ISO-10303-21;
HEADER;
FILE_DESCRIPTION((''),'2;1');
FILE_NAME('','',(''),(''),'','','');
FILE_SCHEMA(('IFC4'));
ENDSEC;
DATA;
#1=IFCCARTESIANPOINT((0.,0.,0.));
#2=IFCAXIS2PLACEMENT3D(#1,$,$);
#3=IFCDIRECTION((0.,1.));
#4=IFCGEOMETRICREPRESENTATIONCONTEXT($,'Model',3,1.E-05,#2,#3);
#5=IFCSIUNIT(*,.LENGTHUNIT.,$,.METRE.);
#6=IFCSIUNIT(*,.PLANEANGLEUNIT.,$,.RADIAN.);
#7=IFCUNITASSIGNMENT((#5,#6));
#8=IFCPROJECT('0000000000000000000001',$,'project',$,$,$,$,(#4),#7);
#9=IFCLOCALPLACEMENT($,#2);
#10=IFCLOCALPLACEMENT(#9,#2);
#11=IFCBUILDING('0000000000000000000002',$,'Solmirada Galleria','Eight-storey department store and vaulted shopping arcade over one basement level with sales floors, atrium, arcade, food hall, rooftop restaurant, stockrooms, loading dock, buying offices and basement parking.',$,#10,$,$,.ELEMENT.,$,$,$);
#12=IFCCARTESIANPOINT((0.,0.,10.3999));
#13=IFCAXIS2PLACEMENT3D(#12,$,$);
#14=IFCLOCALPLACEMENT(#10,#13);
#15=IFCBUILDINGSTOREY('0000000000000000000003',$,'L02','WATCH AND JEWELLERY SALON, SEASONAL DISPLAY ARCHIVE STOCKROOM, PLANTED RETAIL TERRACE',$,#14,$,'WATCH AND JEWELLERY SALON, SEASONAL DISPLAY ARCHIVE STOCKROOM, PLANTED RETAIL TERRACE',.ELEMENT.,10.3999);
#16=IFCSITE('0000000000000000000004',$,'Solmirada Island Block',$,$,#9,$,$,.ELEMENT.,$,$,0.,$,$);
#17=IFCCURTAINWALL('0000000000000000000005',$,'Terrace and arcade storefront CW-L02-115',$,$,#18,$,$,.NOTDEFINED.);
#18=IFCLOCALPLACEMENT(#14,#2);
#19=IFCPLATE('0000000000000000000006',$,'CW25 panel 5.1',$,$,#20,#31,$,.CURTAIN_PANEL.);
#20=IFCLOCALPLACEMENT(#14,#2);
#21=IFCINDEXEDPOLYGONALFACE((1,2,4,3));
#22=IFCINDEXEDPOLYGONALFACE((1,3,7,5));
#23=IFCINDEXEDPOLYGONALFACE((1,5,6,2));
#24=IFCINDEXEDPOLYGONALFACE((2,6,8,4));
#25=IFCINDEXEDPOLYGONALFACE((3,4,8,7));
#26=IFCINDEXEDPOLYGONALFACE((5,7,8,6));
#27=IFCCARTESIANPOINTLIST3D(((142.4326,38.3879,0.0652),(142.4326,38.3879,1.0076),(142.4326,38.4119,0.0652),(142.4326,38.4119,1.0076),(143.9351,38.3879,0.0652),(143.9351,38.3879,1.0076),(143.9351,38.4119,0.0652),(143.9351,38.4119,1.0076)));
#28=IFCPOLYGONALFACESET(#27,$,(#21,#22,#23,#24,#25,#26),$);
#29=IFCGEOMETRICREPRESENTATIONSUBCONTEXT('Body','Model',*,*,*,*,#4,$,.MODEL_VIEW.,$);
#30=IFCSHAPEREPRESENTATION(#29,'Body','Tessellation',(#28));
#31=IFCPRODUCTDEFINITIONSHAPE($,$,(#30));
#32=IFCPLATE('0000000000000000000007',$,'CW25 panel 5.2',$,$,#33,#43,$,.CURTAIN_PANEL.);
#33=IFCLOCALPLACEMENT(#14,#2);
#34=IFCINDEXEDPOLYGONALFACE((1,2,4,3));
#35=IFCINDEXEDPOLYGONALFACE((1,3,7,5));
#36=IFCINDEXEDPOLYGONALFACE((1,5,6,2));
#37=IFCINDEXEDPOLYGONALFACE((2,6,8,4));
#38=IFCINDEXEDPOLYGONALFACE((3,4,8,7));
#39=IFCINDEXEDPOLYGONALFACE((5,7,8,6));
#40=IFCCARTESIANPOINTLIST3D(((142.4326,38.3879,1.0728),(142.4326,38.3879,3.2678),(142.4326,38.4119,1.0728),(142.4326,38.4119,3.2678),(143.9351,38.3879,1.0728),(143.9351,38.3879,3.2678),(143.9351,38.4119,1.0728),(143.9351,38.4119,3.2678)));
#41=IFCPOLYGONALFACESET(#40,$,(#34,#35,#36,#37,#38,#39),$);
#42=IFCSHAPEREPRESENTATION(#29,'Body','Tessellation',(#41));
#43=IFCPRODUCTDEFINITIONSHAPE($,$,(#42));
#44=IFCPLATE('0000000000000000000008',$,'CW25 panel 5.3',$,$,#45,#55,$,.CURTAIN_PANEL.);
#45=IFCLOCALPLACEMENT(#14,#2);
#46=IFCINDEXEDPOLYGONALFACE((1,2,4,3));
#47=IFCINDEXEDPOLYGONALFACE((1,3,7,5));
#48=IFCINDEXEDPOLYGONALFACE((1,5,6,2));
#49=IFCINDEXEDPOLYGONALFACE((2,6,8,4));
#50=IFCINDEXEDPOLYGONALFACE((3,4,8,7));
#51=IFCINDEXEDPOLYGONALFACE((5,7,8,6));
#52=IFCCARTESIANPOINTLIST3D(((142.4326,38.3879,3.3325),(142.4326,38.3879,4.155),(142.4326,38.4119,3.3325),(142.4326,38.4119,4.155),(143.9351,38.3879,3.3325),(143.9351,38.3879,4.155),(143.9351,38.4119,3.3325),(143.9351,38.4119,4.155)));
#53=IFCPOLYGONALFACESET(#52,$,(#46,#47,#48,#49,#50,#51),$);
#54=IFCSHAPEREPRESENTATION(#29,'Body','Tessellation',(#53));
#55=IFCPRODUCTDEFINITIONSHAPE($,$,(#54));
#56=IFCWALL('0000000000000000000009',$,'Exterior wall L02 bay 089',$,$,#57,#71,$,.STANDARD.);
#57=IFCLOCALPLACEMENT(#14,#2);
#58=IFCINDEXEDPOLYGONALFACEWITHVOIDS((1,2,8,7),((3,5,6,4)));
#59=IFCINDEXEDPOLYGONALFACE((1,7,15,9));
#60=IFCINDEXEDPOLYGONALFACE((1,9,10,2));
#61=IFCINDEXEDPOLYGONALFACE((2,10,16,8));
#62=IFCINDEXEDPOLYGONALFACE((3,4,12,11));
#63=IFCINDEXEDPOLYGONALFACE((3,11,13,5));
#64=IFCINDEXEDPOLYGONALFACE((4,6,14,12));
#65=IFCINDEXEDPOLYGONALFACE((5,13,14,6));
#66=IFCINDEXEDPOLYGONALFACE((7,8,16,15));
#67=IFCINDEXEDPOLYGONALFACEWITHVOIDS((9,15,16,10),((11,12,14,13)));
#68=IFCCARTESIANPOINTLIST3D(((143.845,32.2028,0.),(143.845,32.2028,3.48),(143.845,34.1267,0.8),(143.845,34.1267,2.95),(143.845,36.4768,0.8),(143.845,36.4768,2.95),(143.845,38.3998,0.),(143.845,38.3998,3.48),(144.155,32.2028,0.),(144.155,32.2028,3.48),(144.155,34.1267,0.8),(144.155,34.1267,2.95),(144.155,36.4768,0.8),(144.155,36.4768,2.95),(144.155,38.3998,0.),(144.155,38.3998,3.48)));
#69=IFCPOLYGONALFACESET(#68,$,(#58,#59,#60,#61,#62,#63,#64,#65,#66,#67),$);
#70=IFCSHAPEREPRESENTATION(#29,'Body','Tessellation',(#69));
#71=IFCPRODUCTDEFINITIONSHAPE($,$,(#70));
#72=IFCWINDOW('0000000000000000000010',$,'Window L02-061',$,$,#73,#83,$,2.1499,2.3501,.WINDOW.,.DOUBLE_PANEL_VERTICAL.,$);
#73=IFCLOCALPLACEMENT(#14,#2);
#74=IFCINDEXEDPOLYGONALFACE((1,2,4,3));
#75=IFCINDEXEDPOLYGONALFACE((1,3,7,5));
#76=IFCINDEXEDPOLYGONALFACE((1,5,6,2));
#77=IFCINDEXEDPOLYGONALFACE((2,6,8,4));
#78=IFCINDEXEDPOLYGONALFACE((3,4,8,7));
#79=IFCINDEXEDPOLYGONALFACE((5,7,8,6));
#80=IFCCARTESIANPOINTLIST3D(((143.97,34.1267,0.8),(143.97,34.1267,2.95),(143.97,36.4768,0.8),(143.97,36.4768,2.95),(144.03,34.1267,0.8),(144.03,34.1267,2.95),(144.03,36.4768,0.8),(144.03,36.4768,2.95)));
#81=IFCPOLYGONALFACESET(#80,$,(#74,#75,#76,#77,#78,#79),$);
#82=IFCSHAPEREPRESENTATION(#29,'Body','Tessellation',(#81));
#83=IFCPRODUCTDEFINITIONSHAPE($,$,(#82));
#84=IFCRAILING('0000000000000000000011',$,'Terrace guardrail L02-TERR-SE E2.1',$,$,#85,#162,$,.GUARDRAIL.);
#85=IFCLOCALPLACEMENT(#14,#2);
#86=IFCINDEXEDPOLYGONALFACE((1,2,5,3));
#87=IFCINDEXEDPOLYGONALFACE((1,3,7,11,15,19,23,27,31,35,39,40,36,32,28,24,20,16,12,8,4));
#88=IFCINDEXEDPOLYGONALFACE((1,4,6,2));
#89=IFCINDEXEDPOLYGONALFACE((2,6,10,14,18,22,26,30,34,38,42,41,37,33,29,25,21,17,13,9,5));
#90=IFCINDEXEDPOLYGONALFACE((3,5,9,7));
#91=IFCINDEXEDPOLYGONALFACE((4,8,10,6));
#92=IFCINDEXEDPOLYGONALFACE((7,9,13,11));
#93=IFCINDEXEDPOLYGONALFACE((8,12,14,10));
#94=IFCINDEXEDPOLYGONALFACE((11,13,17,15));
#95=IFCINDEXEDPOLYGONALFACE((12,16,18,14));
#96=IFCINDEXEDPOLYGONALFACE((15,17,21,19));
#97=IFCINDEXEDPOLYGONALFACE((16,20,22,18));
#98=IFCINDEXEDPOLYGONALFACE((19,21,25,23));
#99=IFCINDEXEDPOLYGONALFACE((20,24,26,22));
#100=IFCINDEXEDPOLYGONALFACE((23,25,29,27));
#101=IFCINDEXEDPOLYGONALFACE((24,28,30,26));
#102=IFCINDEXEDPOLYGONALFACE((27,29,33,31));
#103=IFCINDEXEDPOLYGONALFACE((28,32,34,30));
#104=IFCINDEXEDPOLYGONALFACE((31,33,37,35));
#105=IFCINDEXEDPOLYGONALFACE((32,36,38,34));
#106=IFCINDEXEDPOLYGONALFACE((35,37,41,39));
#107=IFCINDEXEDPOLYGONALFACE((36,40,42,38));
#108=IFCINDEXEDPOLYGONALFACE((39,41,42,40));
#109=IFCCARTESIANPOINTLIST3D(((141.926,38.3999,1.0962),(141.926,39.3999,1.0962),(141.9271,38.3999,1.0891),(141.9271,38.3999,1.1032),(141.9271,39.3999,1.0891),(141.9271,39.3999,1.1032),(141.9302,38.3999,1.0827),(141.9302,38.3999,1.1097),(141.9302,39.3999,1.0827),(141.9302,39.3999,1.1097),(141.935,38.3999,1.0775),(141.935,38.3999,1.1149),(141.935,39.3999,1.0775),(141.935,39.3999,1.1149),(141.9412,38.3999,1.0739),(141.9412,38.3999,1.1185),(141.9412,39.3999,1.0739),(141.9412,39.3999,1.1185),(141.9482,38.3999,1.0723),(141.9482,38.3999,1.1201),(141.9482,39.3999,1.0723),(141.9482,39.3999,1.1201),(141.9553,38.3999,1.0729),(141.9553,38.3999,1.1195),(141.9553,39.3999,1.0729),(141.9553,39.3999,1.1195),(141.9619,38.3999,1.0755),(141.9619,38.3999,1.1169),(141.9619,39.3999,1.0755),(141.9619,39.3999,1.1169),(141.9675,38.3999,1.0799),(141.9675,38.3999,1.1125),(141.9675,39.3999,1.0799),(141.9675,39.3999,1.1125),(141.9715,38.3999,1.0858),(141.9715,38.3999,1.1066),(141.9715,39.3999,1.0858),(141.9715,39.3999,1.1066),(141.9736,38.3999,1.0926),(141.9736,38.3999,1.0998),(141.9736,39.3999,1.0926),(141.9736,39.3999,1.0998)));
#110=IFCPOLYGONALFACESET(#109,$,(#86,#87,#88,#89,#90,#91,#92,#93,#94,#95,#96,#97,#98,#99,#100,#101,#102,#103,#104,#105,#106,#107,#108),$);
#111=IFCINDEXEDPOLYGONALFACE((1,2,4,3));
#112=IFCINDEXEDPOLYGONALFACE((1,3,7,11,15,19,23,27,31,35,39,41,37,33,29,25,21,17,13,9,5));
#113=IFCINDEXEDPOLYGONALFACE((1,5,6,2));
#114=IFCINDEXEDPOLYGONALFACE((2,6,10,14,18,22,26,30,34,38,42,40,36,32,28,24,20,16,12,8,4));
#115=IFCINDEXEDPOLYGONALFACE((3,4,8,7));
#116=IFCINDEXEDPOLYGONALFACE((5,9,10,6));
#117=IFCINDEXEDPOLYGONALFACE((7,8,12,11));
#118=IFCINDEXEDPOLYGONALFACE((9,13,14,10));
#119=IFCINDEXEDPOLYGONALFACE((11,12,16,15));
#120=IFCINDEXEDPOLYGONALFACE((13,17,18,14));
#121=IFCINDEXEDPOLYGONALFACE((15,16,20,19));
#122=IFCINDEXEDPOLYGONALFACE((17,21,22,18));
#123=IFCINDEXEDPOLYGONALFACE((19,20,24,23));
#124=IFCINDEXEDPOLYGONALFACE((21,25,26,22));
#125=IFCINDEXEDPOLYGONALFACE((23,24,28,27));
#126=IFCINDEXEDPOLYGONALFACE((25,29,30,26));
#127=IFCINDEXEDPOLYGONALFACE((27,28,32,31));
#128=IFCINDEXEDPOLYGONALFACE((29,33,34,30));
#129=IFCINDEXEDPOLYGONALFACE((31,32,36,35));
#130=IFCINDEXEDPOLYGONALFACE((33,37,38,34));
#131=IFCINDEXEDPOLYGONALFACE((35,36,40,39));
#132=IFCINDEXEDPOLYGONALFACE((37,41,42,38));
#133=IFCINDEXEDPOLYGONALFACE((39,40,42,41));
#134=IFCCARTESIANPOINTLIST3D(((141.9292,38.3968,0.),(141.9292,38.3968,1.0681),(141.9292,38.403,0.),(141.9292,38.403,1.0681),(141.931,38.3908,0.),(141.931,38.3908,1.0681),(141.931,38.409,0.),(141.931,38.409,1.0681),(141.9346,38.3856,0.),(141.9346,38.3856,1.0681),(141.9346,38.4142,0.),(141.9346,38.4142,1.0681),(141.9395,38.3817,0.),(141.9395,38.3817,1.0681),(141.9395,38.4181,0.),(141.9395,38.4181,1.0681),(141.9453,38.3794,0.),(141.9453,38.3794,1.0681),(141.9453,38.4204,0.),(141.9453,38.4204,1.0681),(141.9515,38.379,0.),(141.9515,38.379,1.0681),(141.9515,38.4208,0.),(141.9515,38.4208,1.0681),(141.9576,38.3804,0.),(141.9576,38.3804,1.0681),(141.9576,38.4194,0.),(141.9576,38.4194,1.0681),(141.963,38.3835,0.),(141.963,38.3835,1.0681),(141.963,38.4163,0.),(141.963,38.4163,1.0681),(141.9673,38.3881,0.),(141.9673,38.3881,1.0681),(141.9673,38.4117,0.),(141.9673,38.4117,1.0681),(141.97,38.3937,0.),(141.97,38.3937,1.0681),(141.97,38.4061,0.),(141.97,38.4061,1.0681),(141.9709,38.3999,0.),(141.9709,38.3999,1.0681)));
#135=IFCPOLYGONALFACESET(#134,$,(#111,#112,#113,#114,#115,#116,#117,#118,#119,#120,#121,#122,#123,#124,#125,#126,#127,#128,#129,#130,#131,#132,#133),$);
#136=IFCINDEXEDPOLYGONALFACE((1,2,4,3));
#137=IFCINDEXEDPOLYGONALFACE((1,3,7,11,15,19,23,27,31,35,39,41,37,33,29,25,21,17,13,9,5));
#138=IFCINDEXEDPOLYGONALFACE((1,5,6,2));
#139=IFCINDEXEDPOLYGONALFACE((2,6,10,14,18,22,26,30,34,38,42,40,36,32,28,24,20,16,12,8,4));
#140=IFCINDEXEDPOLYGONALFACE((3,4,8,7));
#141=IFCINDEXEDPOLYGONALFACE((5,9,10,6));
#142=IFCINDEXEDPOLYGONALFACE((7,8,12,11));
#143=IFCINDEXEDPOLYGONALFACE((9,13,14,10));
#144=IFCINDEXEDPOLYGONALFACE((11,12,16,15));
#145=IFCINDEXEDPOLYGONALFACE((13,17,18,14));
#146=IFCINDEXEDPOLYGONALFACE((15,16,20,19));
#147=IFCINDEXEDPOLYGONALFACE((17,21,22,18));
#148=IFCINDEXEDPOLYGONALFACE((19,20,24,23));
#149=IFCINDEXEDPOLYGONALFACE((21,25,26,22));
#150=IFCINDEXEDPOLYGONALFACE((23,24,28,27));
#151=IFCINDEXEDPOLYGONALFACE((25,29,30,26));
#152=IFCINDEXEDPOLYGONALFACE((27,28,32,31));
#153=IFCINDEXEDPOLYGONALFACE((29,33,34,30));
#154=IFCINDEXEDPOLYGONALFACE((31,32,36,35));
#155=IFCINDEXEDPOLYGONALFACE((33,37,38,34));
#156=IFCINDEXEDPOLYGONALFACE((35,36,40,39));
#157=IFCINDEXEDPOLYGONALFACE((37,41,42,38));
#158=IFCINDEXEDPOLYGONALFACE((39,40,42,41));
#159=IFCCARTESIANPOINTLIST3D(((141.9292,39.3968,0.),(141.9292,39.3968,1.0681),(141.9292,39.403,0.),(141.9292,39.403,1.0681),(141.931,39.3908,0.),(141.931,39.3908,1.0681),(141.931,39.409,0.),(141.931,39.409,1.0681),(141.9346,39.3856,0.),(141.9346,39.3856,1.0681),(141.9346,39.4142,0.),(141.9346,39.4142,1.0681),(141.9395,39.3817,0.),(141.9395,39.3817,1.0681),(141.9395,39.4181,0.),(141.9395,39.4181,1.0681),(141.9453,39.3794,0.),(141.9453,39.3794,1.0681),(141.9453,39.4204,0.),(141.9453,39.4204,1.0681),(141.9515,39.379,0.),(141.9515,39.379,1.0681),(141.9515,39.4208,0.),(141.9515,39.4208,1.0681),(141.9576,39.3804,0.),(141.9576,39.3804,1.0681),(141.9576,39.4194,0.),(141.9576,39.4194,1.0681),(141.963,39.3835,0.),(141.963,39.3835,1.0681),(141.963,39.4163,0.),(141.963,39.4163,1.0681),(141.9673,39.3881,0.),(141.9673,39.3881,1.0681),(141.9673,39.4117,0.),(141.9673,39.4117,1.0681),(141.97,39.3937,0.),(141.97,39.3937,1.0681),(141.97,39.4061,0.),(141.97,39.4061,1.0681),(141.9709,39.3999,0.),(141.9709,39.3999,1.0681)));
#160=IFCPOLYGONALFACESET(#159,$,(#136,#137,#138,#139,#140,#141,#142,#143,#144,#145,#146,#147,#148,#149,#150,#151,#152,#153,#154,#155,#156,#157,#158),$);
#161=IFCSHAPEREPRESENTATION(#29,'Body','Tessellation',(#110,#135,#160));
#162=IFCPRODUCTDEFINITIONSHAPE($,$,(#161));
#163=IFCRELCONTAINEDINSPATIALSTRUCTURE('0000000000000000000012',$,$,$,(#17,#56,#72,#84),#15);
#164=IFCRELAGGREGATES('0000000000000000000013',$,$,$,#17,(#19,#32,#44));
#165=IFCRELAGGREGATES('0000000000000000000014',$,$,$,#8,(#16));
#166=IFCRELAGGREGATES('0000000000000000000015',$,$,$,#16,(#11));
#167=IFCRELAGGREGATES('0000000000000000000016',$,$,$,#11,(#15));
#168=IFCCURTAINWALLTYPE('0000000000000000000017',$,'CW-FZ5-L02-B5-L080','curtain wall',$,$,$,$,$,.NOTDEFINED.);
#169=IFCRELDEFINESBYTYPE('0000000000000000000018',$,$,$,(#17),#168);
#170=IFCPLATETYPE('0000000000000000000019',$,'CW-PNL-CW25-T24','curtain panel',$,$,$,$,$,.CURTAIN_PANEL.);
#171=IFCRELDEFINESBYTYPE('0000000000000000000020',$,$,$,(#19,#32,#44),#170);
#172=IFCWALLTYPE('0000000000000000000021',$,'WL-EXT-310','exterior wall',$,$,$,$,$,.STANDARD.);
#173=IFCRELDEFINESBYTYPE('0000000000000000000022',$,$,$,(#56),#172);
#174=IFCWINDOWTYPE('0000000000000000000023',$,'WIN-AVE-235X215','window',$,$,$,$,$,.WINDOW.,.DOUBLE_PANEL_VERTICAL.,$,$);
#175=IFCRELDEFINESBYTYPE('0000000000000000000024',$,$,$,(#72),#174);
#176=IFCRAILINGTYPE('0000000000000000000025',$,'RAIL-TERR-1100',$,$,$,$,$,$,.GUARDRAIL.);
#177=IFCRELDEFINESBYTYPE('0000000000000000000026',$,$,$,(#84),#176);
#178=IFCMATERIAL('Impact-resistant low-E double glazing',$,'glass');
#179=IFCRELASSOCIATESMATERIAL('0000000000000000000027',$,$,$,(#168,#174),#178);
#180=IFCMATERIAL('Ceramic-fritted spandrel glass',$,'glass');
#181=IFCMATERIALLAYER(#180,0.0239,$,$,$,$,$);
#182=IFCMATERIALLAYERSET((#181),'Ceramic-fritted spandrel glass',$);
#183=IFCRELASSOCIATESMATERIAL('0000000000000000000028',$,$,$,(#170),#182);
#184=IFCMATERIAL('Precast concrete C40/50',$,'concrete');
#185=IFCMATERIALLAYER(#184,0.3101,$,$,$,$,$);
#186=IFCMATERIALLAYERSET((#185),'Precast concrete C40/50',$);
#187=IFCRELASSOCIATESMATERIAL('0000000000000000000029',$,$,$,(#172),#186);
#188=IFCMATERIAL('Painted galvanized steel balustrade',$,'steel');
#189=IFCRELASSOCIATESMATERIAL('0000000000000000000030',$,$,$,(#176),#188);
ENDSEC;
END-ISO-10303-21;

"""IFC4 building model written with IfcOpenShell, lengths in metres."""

from ifc_helpers import new_model, si_unit, direction, frame, frame_2d, origin, origin_2d, place, context, subcontext, project, spatial, rectangle, circle, extrude, material, layer, layer_set, type_object, element, fill, aggregate, save


model = new_model("IFC4")

# Units and contexts
model_context = context("Model", 3, precision=1e-05, world=origin(), true_north=direction((0.0, 1.0)))
body_context = subcontext(model_context, "Body", "Model", "MODEL_VIEW")
ifc_project = project(units=[si_unit("LENGTHUNIT", "METRE"), si_unit("PLANEANGLEUNIT", "RADIAN")], contexts=[model_context])

# Site, building, storey
site_placement = place(None, origin())
site = spatial("IfcSite", under=ifc_project, at=site_placement, Name="Solmirada Island Block", CompositionType="ELEMENT", RefElevation=0.0)
building_placement = place(site_placement, origin())
building = spatial("IfcBuilding", under=site, at=building_placement, Name="Solmirada Galleria", Description="Eight-storey department store and vaulted shopping arcade over one basement level with sales floors, atrium, arcade, food hall, rooftop restaurant, stockrooms, loading dock, buying offices and basement parking.", CompositionType="ELEMENT")
storey_placement = place(building_placement, frame((0.0, 0.0, 10.3999)))
storey = spatial("IfcBuildingStorey", under=building, at=storey_placement, Name="L02", Description="WATCH AND JEWELLERY SALON, SEASONAL DISPLAY ARCHIVE STOCKROOM, PLANTED RETAIL TERRACE", LongName="WATCH AND JEWELLERY SALON, SEASONAL DISPLAY ARCHIVE STOCKROOM, PLANTED RETAIL TERRACE", CompositionType="ELEMENT", Elevation=10.3999)

# Curtain wall, plates
ifc_material_1 = material(Name="Impact-resistant low-E double glazing", Category="glass")
curtain_wall_type = type_object("IfcCurtainWallType", Name="CW-FZ5-L02-B5-L080", Description="curtain wall", PredefinedType="NOTDEFINED", material=ifc_material_1)
curtain_wall_placement = place(storey_placement, origin())
curtain_wall = element("IfcCurtainWall", 1, at=curtain_wall_placement, inside=storey, type_object=curtain_wall_type, Name="Terrace and arcade storefront CW-L02-115", PredefinedType="NOTDEFINED")
ifc_material_2 = material(Name="Ceramic-fritted spandrel glass", Category="glass")
ifc_layer_1 = layer(ifc_material_2, 0.0239)
ifc_layer_set_1 = layer_set([ifc_layer_1], Name="Ceramic-fritted spandrel glass")
plate_type = type_object("IfcPlateType", Name="CW-PNL-CW25-T24", Description="curtain panel", PredefinedType="CURTAIN_PANEL", material=ifc_layer_set_1)
plate_1_placement = place(storey_placement, frame((143.1838, 38.3999, 0.0652), z_axis=(0.0, 0.0, 1.0), x_axis=(1.0, 0.0, 0.0)))
plate_1 = element("IfcPlate", 2, at=plate_1_placement, type_object=plate_type, Name="CW25 panel 5.1", PredefinedType="CURTAIN_PANEL", context=body_context, shape_type="SweptSolid", body=[
    extrude(rectangle(XDim=1.5024, YDim=0.0239, at=origin_2d()), origin(), (0.0, 0.0, 1.0), 0.9424),
])
plate_2_placement = place(storey_placement, frame((143.1838, 38.3999, 1.0728), z_axis=(0.0, 0.0, 1.0), x_axis=(1.0, 0.0, 0.0)))
plate_2 = element("IfcPlate", 3, at=plate_2_placement, type_object=plate_type, Name="CW25 panel 5.2", PredefinedType="CURTAIN_PANEL", context=body_context, shape_type="SweptSolid", body=[
    extrude(rectangle(XDim=1.5024, YDim=0.0239, at=origin_2d()), origin(), (0.0, 0.0, 1.0), 2.1951),
])
plate_3_placement = place(storey_placement, frame((143.1838, 38.3999, 3.3325), z_axis=(0.0, 0.0, 1.0), x_axis=(1.0, 0.0, 0.0)))
plate_3 = element("IfcPlate", 4, at=plate_3_placement, type_object=plate_type, Name="CW25 panel 5.3", PredefinedType="CURTAIN_PANEL", context=body_context, shape_type="SweptSolid", body=[
    extrude(rectangle(XDim=1.5024, YDim=0.0239, at=origin_2d()), origin(), (0.0, 0.0, 1.0), 0.8225),
])
aggregate(curtain_wall, [plate_1, plate_2, plate_3])

# Wall, opening, window
ifc_material_3 = material(Name="Precast concrete C40/50", Category="concrete")
ifc_layer_2 = layer(ifc_material_3, 0.3101)
ifc_layer_set_2 = layer_set([ifc_layer_2], Name="Precast concrete C40/50")
wall_type = type_object("IfcWallType", Name="WL-EXT-310", Description="exterior wall", PredefinedType="STANDARD", material=ifc_layer_set_2)
wall_placement = place(storey_placement, frame((144.0, 38.3999, 0.0), z_axis=(0.0, 0.0, 1.0), x_axis=(0.0, -1.0, 0.0)))
wall = element("IfcWall", 5, at=wall_placement, inside=storey, type_object=wall_type, Name="Exterior wall L02 bay 089", PredefinedType="STANDARD", context=body_context, shape_type="SweptSolid", body=[
    extrude(rectangle(XDim=6.197, YDim=0.3101, at=frame_2d((3.0986, 0.0))), origin(), (0.0, 0.0, 1.0), 3.48),
])
opening_placement = place(wall_placement, frame((1.9231, 0.0, 0.8)))
opening = element("IfcOpeningElement", 6, at=opening_placement, cuts=wall, PredefinedType="OPENING", context=body_context, shape_type="SweptSolid", body=[
    extrude(rectangle(XDim=2.3501, YDim=2.1499, at=frame_2d((1.175, 1.075))), frame((0.0, 0.165, 0.0), z_axis=(0.0, -1.0, 0.0), x_axis=(1.0, 0.0, 0.0)), (0.0, 0.0, 1.0), 0.3301),
])
window_type = type_object("IfcWindowType", Name="WIN-AVE-235X215", Description="window", PartitioningType="DOUBLE_PANEL_VERTICAL", PredefinedType="WINDOW", material=ifc_material_1)
window_placement = place(opening_placement, origin())
window = element("IfcWindow", 7, at=window_placement, inside=storey, type_object=window_type, Name="Window L02-061", OverallHeight=2.1499, OverallWidth=2.3501, PartitioningType="DOUBLE_PANEL_VERTICAL", PredefinedType="WINDOW", context=body_context, shape_type="SweptSolid", body=[
    extrude(rectangle(XDim=2.3501, YDim=2.1499, at=frame_2d((1.175, 1.075))), frame((0.0, 0.03, 0.0), z_axis=(0.0, -1.0, 0.0), x_axis=(1.0, 0.0, 0.0)), (0.0, 0.0, 1.0), 0.0601),
])
fill(opening, window)

# Railing
ifc_material_4 = material(Name="Painted galvanized steel balustrade", Category="steel")
railing_type = type_object("IfcRailingType", Name="RAIL-TERR-1100", PredefinedType="GUARDRAIL", material=ifc_material_4)
railing_1_placement = place(storey_placement, frame((141.95, 38.3999, 0.0)))
element("IfcRailing", 8, at=railing_1_placement, inside=storey, type_object=railing_type, Name="Terrace guardrail L02-TERR-SE E2.1", PredefinedType="GUARDRAIL", context=body_context, shape_type="SweptSolid", body=[
    extrude(circle(Radius=0.0239, at=origin_2d()), frame((0.0, 0.0, 1.0962), z_axis=(0.0, 1.0, 0.0), x_axis=(-1.0, 0.0, 0.0)), (0.0, 0.0, 1.0), 1.0),
    extrude(circle(Radius=0.021, at=origin_2d()), origin(), (0.0, 0.0, 1.0), 1.0681),
    extrude(circle(Radius=0.021, at=origin_2d()), frame((0.0, 1.0, 0.0)), (0.0, 0.0, 1.0), 1.0681),
])

save(model, "model.ifc")
